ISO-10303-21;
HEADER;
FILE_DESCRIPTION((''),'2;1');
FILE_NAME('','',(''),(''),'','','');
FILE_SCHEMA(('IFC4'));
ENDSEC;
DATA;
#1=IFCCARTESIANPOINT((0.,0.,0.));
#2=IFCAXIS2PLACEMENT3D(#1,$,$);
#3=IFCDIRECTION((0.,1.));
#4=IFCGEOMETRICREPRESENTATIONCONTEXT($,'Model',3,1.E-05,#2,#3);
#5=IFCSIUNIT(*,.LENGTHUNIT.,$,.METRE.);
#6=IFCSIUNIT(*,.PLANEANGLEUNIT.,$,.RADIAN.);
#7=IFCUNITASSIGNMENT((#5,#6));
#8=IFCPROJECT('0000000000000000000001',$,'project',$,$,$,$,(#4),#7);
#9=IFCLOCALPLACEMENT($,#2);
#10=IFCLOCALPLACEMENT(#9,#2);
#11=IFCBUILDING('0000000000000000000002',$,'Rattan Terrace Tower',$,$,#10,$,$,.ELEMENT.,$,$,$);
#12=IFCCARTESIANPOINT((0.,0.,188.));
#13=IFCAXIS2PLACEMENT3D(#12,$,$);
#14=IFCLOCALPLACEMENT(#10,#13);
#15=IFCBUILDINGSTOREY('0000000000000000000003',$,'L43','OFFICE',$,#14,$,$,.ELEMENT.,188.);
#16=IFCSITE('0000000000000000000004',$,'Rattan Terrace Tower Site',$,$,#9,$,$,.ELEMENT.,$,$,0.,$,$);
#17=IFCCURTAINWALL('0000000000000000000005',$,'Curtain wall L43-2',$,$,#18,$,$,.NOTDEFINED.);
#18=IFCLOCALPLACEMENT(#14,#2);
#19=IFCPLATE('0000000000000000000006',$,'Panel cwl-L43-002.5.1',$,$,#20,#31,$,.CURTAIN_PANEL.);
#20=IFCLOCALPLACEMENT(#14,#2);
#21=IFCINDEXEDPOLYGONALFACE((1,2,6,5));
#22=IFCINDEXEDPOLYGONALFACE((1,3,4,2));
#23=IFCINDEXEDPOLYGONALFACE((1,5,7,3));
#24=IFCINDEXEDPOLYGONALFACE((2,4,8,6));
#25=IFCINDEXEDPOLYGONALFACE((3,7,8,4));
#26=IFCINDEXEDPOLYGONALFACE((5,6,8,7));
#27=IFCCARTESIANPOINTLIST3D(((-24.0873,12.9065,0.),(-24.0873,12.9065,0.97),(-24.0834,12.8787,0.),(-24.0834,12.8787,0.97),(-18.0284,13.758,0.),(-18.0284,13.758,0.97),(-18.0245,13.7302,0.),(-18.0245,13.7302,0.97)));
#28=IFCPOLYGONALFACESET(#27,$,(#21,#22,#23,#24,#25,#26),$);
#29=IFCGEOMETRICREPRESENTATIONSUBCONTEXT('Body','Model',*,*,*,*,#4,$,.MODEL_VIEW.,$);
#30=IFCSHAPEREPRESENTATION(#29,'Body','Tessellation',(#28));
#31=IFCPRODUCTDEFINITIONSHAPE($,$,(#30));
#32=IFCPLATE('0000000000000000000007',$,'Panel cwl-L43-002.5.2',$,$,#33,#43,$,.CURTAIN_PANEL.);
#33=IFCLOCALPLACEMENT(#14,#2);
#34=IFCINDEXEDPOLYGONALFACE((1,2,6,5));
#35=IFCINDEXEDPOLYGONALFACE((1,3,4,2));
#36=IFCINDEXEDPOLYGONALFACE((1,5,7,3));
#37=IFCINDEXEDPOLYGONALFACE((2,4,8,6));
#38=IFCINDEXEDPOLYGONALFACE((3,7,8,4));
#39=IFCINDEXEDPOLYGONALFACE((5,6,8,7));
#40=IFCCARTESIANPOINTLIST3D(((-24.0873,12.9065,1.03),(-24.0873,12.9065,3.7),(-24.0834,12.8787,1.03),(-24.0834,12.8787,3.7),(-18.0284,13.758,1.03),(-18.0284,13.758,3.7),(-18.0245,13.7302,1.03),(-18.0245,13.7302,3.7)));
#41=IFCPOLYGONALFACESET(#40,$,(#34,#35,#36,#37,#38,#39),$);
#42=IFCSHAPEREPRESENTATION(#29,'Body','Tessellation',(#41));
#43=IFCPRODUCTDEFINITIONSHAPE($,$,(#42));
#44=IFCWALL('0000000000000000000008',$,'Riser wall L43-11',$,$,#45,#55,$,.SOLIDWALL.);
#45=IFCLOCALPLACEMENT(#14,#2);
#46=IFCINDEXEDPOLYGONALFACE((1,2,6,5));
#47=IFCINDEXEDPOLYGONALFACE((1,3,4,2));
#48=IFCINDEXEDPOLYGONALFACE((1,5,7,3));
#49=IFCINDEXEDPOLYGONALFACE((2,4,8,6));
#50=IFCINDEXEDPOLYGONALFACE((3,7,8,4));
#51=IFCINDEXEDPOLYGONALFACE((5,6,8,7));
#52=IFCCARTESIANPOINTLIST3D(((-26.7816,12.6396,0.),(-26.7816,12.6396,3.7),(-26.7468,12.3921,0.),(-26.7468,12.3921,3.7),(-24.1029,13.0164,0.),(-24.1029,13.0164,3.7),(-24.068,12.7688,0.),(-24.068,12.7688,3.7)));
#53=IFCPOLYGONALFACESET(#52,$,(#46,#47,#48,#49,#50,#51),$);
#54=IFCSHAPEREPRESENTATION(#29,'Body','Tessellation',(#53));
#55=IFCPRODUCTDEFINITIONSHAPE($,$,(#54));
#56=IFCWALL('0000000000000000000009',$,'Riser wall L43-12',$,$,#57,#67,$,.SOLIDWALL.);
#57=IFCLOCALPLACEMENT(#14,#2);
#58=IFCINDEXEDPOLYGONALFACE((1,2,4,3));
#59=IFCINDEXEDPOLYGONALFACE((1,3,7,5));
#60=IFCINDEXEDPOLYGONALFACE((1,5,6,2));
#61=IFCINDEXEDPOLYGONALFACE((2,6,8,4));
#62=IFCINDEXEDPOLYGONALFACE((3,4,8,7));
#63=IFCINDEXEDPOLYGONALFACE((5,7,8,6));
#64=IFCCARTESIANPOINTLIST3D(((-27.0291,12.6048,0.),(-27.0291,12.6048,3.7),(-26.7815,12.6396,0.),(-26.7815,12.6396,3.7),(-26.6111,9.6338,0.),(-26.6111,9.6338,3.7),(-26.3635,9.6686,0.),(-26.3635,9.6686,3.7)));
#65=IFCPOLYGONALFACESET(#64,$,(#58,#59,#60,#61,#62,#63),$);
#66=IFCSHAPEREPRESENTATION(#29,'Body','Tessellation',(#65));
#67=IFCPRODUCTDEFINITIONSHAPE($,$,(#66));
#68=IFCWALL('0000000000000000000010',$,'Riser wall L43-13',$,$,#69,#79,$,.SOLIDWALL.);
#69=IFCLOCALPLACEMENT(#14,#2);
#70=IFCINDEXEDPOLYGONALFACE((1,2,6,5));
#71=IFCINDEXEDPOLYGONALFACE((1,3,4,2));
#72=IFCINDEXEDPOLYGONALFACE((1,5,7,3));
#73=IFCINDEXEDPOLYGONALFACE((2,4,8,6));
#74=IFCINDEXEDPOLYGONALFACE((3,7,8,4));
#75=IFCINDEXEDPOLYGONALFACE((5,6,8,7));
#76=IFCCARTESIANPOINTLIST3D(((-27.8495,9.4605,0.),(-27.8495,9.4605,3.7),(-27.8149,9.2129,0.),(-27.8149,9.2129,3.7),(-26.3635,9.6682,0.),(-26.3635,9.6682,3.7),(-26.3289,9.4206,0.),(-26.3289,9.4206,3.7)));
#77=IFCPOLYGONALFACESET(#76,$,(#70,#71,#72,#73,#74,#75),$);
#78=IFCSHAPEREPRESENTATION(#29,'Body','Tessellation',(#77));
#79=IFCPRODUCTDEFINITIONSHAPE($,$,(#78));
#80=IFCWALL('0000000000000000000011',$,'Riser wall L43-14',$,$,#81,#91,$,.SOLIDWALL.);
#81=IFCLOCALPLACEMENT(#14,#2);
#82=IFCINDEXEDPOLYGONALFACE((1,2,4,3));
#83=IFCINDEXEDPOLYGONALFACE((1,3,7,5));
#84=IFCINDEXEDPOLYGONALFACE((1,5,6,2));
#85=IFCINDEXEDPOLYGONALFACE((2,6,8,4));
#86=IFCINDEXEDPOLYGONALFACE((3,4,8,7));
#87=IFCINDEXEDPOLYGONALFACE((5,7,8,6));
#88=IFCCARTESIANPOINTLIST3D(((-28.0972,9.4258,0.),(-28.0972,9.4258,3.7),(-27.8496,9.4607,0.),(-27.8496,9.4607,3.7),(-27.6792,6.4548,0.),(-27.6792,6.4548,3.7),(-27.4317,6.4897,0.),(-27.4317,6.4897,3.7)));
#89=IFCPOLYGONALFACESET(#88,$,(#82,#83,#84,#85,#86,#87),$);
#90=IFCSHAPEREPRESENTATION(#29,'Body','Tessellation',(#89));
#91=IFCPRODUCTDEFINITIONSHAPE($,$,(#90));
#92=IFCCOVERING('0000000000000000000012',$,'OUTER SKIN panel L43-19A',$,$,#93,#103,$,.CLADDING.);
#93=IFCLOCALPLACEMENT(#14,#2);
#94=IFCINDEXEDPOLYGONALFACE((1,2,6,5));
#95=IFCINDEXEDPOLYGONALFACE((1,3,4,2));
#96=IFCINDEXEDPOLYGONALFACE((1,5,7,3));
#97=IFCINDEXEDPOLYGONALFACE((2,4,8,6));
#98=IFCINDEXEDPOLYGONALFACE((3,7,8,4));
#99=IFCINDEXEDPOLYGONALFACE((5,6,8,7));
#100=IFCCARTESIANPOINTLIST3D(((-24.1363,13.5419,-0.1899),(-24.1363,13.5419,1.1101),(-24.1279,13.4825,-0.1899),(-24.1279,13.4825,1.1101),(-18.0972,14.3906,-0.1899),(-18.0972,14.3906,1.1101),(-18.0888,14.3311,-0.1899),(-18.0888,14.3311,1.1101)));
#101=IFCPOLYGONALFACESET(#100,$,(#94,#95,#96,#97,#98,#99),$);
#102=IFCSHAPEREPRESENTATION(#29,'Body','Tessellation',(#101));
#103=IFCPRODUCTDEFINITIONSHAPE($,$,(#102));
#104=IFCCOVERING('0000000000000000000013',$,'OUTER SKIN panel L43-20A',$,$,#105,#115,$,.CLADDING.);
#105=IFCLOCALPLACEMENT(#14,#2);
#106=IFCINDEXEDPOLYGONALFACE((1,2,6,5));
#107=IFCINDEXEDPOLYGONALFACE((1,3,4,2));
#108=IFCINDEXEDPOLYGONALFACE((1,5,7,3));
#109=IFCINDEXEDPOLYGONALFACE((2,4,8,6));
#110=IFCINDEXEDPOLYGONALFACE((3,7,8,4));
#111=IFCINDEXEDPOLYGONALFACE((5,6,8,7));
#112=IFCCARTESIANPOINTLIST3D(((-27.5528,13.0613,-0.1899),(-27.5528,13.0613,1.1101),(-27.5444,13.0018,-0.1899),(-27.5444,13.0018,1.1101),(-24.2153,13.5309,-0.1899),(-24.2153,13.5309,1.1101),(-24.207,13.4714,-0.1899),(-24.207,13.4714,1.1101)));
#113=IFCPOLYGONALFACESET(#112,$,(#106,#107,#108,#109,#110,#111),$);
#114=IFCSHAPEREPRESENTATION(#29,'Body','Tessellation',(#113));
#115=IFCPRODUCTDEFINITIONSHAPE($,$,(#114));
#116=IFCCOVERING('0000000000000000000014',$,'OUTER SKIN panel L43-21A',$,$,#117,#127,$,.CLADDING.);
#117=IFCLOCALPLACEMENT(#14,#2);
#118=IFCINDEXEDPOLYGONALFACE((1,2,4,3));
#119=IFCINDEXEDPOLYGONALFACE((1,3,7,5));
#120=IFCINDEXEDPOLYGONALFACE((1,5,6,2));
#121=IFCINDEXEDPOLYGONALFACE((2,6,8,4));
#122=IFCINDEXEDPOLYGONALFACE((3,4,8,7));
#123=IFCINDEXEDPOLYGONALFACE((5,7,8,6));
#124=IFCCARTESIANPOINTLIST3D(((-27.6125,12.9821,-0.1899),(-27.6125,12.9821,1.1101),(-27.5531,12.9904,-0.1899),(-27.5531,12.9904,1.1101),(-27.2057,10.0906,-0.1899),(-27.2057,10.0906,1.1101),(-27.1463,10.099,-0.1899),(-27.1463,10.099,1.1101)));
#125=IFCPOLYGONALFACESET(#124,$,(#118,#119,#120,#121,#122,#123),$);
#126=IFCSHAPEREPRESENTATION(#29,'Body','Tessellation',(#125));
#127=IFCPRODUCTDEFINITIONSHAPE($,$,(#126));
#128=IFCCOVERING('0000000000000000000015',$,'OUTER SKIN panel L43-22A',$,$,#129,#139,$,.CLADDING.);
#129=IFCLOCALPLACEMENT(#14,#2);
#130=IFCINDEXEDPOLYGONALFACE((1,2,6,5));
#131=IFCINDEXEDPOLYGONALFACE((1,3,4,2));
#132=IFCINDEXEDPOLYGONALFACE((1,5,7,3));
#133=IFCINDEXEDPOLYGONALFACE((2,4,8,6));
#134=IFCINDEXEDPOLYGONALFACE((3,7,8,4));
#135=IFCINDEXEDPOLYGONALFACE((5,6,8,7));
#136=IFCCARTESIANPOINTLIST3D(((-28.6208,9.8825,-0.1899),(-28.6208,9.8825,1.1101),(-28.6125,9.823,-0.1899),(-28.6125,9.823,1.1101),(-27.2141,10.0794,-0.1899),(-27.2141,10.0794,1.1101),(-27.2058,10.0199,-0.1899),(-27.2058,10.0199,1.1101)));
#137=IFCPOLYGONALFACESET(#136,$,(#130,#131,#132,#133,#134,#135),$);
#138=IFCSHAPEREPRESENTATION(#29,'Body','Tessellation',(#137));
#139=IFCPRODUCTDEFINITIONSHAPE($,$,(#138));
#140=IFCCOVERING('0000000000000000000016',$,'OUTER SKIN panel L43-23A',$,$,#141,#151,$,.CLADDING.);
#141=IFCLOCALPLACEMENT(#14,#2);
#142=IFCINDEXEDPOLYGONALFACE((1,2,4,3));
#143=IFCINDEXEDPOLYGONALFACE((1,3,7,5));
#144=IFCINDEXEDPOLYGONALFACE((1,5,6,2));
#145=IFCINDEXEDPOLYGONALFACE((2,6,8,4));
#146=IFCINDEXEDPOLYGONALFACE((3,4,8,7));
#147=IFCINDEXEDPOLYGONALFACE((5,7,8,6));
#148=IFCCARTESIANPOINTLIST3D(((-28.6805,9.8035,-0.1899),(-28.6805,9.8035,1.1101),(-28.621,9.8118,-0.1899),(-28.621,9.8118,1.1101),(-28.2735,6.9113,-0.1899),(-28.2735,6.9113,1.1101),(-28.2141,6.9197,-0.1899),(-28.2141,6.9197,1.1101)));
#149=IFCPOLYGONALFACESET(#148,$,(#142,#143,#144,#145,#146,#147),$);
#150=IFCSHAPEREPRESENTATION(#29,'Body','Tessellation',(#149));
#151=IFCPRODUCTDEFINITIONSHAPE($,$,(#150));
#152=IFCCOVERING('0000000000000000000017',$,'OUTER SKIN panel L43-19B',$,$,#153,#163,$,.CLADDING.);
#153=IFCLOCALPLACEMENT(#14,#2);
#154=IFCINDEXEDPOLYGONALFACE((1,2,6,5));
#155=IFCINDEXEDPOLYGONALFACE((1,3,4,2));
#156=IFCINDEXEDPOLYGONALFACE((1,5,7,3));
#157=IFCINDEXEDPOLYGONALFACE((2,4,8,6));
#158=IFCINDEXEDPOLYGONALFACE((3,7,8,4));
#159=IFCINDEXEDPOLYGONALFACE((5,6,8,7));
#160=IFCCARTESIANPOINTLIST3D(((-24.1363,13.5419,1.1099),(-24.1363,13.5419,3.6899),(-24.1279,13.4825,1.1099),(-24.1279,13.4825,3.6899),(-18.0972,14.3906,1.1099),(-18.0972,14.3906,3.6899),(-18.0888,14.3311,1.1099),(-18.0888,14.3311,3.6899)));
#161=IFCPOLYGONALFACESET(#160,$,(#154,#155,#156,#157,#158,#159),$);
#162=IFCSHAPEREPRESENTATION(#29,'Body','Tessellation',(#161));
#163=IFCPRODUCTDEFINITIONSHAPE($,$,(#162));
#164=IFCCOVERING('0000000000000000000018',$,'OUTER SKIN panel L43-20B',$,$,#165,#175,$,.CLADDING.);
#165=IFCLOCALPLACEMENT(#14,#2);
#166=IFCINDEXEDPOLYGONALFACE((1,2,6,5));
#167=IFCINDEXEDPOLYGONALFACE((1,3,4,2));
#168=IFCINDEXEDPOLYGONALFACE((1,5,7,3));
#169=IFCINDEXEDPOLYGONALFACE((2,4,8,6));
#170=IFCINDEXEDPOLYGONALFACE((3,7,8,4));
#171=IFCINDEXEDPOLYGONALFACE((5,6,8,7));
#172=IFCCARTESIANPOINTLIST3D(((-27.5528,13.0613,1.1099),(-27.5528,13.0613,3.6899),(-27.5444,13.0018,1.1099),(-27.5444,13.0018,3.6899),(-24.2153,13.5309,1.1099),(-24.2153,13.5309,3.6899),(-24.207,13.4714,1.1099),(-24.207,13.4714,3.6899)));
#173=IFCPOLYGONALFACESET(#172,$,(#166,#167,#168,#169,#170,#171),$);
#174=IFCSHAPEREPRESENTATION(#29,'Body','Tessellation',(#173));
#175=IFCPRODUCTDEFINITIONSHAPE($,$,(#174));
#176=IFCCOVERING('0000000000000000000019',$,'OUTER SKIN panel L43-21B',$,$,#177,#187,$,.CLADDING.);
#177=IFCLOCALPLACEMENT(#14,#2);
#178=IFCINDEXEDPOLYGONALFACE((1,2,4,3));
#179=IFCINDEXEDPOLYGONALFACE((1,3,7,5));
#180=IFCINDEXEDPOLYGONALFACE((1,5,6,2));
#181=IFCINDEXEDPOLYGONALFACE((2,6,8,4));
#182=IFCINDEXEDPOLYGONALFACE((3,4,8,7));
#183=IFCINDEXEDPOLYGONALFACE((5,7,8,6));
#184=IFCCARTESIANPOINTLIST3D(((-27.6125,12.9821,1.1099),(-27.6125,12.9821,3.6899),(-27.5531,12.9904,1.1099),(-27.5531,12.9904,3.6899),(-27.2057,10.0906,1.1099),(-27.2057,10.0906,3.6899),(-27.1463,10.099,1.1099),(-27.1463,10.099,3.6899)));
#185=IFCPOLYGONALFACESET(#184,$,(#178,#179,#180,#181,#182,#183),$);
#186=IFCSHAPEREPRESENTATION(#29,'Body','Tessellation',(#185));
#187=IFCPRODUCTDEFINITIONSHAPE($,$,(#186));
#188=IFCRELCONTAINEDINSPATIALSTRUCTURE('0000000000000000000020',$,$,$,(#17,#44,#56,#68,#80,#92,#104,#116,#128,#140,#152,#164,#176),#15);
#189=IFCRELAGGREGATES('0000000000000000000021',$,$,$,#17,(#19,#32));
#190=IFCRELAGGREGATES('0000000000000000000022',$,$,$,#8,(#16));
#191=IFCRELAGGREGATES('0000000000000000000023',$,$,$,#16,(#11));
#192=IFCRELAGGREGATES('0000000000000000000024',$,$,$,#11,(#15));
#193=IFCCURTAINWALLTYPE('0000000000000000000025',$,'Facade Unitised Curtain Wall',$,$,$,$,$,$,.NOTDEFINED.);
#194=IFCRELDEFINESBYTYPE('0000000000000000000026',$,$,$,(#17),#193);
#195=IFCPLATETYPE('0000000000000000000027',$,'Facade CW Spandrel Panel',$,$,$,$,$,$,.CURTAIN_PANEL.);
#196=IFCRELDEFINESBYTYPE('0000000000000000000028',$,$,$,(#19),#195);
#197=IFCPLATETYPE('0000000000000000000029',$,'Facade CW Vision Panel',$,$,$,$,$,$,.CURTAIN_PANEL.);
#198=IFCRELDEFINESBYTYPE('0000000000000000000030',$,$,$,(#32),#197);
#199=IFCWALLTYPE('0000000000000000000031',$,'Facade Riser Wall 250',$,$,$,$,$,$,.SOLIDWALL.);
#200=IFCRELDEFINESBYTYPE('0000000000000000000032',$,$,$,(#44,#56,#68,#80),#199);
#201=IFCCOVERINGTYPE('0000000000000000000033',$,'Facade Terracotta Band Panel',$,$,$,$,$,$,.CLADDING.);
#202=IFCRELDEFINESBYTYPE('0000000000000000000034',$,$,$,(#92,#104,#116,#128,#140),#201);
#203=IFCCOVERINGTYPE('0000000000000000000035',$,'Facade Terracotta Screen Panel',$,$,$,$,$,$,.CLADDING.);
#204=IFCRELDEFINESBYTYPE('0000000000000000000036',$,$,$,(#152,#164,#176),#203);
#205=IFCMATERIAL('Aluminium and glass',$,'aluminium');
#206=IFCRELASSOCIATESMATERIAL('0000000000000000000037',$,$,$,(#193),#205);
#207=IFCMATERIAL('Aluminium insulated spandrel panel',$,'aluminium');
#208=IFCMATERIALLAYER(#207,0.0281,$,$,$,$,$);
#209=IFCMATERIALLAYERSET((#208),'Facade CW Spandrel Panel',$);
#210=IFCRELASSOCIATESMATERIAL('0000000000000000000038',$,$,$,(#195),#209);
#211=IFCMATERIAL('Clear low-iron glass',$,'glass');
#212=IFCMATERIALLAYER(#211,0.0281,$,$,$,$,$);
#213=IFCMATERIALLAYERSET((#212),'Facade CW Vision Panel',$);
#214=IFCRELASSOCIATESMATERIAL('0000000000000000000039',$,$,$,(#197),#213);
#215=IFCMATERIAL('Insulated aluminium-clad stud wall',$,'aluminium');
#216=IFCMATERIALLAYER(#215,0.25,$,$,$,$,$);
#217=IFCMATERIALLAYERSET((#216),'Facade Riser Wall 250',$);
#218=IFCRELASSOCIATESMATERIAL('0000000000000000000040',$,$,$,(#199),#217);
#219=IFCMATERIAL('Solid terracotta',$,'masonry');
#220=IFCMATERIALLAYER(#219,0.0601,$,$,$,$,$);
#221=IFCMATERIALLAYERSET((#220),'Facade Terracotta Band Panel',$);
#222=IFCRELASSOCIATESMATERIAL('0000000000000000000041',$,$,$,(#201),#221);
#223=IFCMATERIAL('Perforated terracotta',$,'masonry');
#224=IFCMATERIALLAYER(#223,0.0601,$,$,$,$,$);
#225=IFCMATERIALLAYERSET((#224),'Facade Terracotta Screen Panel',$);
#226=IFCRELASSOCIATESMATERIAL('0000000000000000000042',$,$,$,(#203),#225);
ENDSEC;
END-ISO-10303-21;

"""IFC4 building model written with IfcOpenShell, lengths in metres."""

from ifc_helpers import new_model, si_unit, direction, frame, frame_2d, origin, origin_2d, place, context, subcontext, project, spatial, rectangle, extrude, material, layer, layer_set, type_object, element, aggregate, save


model = new_model("IFC4")

# Units and contexts
model_context = context("Model", 3, precision=1e-05, world=origin(), true_north=direction((0.0, 1.0)))
body_context = subcontext(model_context, "Body", "Model", "MODEL_VIEW")
ifc_project = project(units=[si_unit("LENGTHUNIT", "METRE"), si_unit("PLANEANGLEUNIT", "RADIAN")], contexts=[model_context])

# Site, building, storey
site_placement = place(None, origin())
site = spatial("IfcSite", under=ifc_project, at=site_placement, Name="Rattan Terrace Tower Site", CompositionType="ELEMENT", RefElevation=0.0)
building_placement = place(site_placement, origin())
building = spatial("IfcBuilding", under=site, at=building_placement, Name="Rattan Terrace Tower", CompositionType="ELEMENT")
storey_placement = place(building_placement, frame((0.0, 0.0, 188.0)))
storey = spatial("IfcBuildingStorey", under=building, at=storey_placement, Name="L43", Description="OFFICE", CompositionType="ELEMENT", Elevation=188.0)

# Curtain wall, plates
ifc_material_1 = material(Name="Aluminium and glass", Category="aluminium")
curtain_wall_type = type_object("IfcCurtainWallType", Name="Facade Unitised Curtain Wall", PredefinedType="NOTDEFINED", material=ifc_material_1)
curtain_wall_placement = place(storey_placement, origin())
curtain_wall = element("IfcCurtainWall", 1, at=curtain_wall_placement, inside=storey, type_object=curtain_wall_type, Name="Curtain wall L43-2", PredefinedType="NOTDEFINED")
ifc_material_2 = material(Name="Aluminium insulated spandrel panel", Category="aluminium")
ifc_layer_1 = layer(ifc_material_2, 0.0281)
ifc_layer_set_1 = layer_set([ifc_layer_1], Name="Facade CW Spandrel Panel")
plate_type_1 = type_object("IfcPlateType", Name="Facade CW Spandrel Panel", PredefinedType="CURTAIN_PANEL", material=ifc_layer_set_1)
plate_1_placement = place(storey_placement, frame((-21.0559, 13.3184, 0.0), z_axis=(0.0, 0.0, 1.0), x_axis=(-0.99027, -0.139161, 0.0)))
plate_1 = element("IfcPlate", 2, at=plate_1_placement, type_object=plate_type_1, Name="Panel cwl-L43-002.5.1", PredefinedType="CURTAIN_PANEL", context=body_context, shape_type="SweptSolid", body=[
    extrude(rectangle(XDim=6.1184, YDim=0.0281, at=origin_2d()), origin(), (0.0, 0.0, 1.0), 0.97),
])
ifc_material_3 = material(Name="Clear low-iron glass", Category="glass")
ifc_layer_2 = layer(ifc_material_3, 0.0281)
ifc_layer_set_2 = layer_set([ifc_layer_2], Name="Facade CW Vision Panel")
plate_type_2 = type_object("IfcPlateType", Name="Facade CW Vision Panel", PredefinedType="CURTAIN_PANEL", material=ifc_layer_set_2)
plate_2_placement = place(storey_placement, frame((-21.0559, 13.3184, 1.03), z_axis=(0.0, 0.0, 1.0), x_axis=(-0.99027, -0.139161, 0.0)))
plate_2 = element("IfcPlate", 3, at=plate_2_placement, type_object=plate_type_2, Name="Panel cwl-L43-002.5.2", PredefinedType="CURTAIN_PANEL", context=body_context, shape_type="SweptSolid", body=[
    extrude(rectangle(XDim=6.1184, YDim=0.0281, at=origin_2d()), origin(), (0.0, 0.0, 1.0), 2.6699),
])
aggregate(curtain_wall, [plate_1, plate_2])

# Walls
ifc_material_4 = material(Name="Insulated aluminium-clad stud wall", Category="aluminium")
ifc_layer_3 = layer(ifc_material_4, 0.25)
ifc_layer_set_3 = layer_set([ifc_layer_3], Name="Facade Riser Wall 250")
wall_type = type_object("IfcWallType", Name="Facade Riser Wall 250", PredefinedType="SOLIDWALL", material=ifc_layer_set_3)
wall_1_placement = place(storey_placement, frame((-24.0854, 12.8926, 0.0), z_axis=(0.0, 0.0, 1.0), x_axis=(-0.990256, -0.13926, 0.0)))
element("IfcWall", 4, at=wall_1_placement, inside=storey, type_object=wall_type, Name="Riser wall L43-11", PredefinedType="SOLIDWALL", context=body_context, shape_type="SweptSolid", body=[
    extrude(rectangle(XDim=2.7051, YDim=0.25, at=frame_2d((1.3525, 0.0))), origin(), (0.0, 0.0, 1.0), 3.7),
])
wall_2_placement = place(storey_placement, frame((-26.9053, 12.6221, 0.0), z_axis=(0.0, 0.0, 1.0), x_axis=(0.139313, -0.990248, 0.0)))
element("IfcWall", 5, at=wall_2_placement, inside=storey, type_object=wall_type, Name="Riser wall L43-12", PredefinedType="SOLIDWALL", context=body_context, shape_type="SweptSolid", body=[
    extrude(rectangle(XDim=3.0002, YDim=0.25, at=frame_2d((1.5, 0.0))), origin(), (0.0, 0.0, 1.0), 3.7),
])
wall_3_placement = place(storey_placement, frame((-26.3462, 9.5444, 0.0), z_axis=(0.0, 0.0, 1.0), x_axis=(-0.990368, -0.13846, 0.0)))
element("IfcWall", 6, at=wall_3_placement, inside=storey, type_object=wall_type, Name="Riser wall L43-13", PredefinedType="SOLIDWALL", context=body_context, shape_type="SweptSolid", body=[
    extrude(rectangle(XDim=1.5005, YDim=0.25, at=frame_2d((0.7502, 0.0))), origin(), (0.0, 0.0, 1.0), 3.7),
])
wall_4_placement = place(storey_placement, frame((-27.9734, 9.4431, 0.0), z_axis=(0.0, 0.0, 1.0), x_axis=(0.139313, -0.990248, 0.0)))
element("IfcWall", 7, at=wall_4_placement, inside=storey, type_object=wall_type, Name="Riser wall L43-14", PredefinedType="SOLIDWALL", context=body_context, shape_type="SweptSolid", body=[
    extrude(rectangle(XDim=3.0002, YDim=0.25, at=frame_2d((1.5, 0.0))), origin(), (0.0, 0.0, 1.0), 3.7),
])

# Coverings
ifc_material_5 = material(Name="Solid terracotta", Category="masonry")
ifc_layer_4 = layer(ifc_material_5, 0.0601)
ifc_layer_set_4 = layer_set([ifc_layer_4], Name="Facade Terracotta Band Panel")
covering_type_1 = type_object("IfcCoveringType", Name="Facade Terracotta Band Panel", PredefinedType="CLADDING", material=ifc_layer_set_4)
covering_1_placement = place(storey_placement, frame((-21.1125, 13.9365, -0.1899), z_axis=(0.0, 0.0, 1.0), x_axis=(-0.99027, -0.139161, 0.0)))
element("IfcCovering", 8, at=covering_1_placement, inside=storey, type_object=covering_type_1, Name="OUTER SKIN panel L43-19A", PredefinedType="CLADDING", context=body_context, shape_type="SweptSolid", body=[
    extrude(rectangle(XDim=6.0984, YDim=0.0601, at=origin_2d()), origin(), (0.0, 0.0, 1.0), 1.3),
])
covering_2_placement = place(storey_placement, frame((-25.8799, 13.2664, -0.1899), z_axis=(0.0, 0.0, 1.0), x_axis=(-0.990247, -0.139321, 0.0)))
element("IfcCovering", 9, at=covering_2_placement, inside=storey, type_object=covering_type_1, Name="OUTER SKIN panel L43-20A", PredefinedType="CLADDING", context=body_context, shape_type="SweptSolid", body=[
    extrude(rectangle(XDim=3.3704, YDim=0.0601, at=origin_2d()), origin(), (0.0, 0.0, 1.0), 1.3),
])
covering_3_placement = place(storey_placement, frame((-27.3794, 11.5405, -0.1899), z_axis=(0.0, 0.0, 1.0), x_axis=(0.139321, -0.990247, 0.0)))
element("IfcCovering", 10, at=covering_3_placement, inside=storey, type_object=covering_type_1, Name="OUTER SKIN panel L43-21A", PredefinedType="CLADDING", context=body_context, shape_type="SweptSolid", body=[
    extrude(rectangle(XDim=2.9199, YDim=0.0601, at=origin_2d()), origin(), (0.0, 0.0, 1.0), 1.3),
])
covering_4_placement = place(storey_placement, frame((-27.9133, 9.9512, -0.1899), z_axis=(0.0, 0.0, 1.0), x_axis=(-0.990345, -0.138622, 0.0)))
element("IfcCovering", 11, at=covering_4_placement, inside=storey, type_object=covering_type_1, Name="OUTER SKIN panel L43-22A", PredefinedType="CLADDING", context=body_context, shape_type="SweptSolid", body=[
    extrude(rectangle(XDim=1.4204, YDim=0.0601, at=origin_2d()), origin(), (0.0, 0.0, 1.0), 1.3),
])
covering_5_placement = place(storey_placement, frame((-28.4473, 8.3616, -0.1899), z_axis=(0.0, 0.0, 1.0), x_axis=(0.139321, -0.990247, 0.0)))
element("IfcCovering", 12, at=covering_5_placement, inside=storey, type_object=covering_type_1, Name="OUTER SKIN panel L43-23A", PredefinedType="CLADDING", context=body_context, shape_type="SweptSolid", body=[
    extrude(rectangle(XDim=2.9207, YDim=0.0601, at=origin_2d()), origin(), (0.0, 0.0, 1.0), 1.3),
])
ifc_material_6 = material(Name="Perforated terracotta", Category="masonry")
ifc_layer_5 = layer(ifc_material_6, 0.0601)
ifc_layer_set_5 = layer_set([ifc_layer_5], Name="Facade Terracotta Screen Panel")
covering_type_2 = type_object("IfcCoveringType", Name="Facade Terracotta Screen Panel", PredefinedType="CLADDING", material=ifc_layer_set_5)
covering_6_placement = place(storey_placement, frame((-21.1125, 13.9365, 1.1099), z_axis=(0.0, 0.0, 1.0), x_axis=(-0.99027, -0.139161, 0.0)))
element("IfcCovering", 13, at=covering_6_placement, inside=storey, type_object=covering_type_2, Name="OUTER SKIN panel L43-19B", PredefinedType="CLADDING", context=body_context, shape_type="SweptSolid", body=[
    extrude(rectangle(XDim=6.0984, YDim=0.0601, at=origin_2d()), origin(), (0.0, 0.0, 1.0), 2.5801),
])
covering_7_placement = place(storey_placement, frame((-25.8799, 13.2664, 1.1099), z_axis=(0.0, 0.0, 1.0), x_axis=(-0.990247, -0.139321, 0.0)))
element("IfcCovering", 14, at=covering_7_placement, inside=storey, type_object=covering_type_2, Name="OUTER SKIN panel L43-20B", PredefinedType="CLADDING", context=body_context, shape_type="SweptSolid", body=[
    extrude(rectangle(XDim=3.3704, YDim=0.0601, at=origin_2d()), origin(), (0.0, 0.0, 1.0), 2.5801),
])
covering_8_placement = place(storey_placement, frame((-27.3794, 11.5405, 1.1099), z_axis=(0.0, 0.0, 1.0), x_axis=(0.139321, -0.990247, 0.0)))
element("IfcCovering", 15, at=covering_8_placement, inside=storey, type_object=covering_type_2, Name="OUTER SKIN panel L43-21B", PredefinedType="CLADDING", context=body_context, shape_type="SweptSolid", body=[
    extrude(rectangle(XDim=2.9199, YDim=0.0601, at=origin_2d()), origin(), (0.0, 0.0, 1.0), 2.5801),
])

save(model, "model.ifc")
